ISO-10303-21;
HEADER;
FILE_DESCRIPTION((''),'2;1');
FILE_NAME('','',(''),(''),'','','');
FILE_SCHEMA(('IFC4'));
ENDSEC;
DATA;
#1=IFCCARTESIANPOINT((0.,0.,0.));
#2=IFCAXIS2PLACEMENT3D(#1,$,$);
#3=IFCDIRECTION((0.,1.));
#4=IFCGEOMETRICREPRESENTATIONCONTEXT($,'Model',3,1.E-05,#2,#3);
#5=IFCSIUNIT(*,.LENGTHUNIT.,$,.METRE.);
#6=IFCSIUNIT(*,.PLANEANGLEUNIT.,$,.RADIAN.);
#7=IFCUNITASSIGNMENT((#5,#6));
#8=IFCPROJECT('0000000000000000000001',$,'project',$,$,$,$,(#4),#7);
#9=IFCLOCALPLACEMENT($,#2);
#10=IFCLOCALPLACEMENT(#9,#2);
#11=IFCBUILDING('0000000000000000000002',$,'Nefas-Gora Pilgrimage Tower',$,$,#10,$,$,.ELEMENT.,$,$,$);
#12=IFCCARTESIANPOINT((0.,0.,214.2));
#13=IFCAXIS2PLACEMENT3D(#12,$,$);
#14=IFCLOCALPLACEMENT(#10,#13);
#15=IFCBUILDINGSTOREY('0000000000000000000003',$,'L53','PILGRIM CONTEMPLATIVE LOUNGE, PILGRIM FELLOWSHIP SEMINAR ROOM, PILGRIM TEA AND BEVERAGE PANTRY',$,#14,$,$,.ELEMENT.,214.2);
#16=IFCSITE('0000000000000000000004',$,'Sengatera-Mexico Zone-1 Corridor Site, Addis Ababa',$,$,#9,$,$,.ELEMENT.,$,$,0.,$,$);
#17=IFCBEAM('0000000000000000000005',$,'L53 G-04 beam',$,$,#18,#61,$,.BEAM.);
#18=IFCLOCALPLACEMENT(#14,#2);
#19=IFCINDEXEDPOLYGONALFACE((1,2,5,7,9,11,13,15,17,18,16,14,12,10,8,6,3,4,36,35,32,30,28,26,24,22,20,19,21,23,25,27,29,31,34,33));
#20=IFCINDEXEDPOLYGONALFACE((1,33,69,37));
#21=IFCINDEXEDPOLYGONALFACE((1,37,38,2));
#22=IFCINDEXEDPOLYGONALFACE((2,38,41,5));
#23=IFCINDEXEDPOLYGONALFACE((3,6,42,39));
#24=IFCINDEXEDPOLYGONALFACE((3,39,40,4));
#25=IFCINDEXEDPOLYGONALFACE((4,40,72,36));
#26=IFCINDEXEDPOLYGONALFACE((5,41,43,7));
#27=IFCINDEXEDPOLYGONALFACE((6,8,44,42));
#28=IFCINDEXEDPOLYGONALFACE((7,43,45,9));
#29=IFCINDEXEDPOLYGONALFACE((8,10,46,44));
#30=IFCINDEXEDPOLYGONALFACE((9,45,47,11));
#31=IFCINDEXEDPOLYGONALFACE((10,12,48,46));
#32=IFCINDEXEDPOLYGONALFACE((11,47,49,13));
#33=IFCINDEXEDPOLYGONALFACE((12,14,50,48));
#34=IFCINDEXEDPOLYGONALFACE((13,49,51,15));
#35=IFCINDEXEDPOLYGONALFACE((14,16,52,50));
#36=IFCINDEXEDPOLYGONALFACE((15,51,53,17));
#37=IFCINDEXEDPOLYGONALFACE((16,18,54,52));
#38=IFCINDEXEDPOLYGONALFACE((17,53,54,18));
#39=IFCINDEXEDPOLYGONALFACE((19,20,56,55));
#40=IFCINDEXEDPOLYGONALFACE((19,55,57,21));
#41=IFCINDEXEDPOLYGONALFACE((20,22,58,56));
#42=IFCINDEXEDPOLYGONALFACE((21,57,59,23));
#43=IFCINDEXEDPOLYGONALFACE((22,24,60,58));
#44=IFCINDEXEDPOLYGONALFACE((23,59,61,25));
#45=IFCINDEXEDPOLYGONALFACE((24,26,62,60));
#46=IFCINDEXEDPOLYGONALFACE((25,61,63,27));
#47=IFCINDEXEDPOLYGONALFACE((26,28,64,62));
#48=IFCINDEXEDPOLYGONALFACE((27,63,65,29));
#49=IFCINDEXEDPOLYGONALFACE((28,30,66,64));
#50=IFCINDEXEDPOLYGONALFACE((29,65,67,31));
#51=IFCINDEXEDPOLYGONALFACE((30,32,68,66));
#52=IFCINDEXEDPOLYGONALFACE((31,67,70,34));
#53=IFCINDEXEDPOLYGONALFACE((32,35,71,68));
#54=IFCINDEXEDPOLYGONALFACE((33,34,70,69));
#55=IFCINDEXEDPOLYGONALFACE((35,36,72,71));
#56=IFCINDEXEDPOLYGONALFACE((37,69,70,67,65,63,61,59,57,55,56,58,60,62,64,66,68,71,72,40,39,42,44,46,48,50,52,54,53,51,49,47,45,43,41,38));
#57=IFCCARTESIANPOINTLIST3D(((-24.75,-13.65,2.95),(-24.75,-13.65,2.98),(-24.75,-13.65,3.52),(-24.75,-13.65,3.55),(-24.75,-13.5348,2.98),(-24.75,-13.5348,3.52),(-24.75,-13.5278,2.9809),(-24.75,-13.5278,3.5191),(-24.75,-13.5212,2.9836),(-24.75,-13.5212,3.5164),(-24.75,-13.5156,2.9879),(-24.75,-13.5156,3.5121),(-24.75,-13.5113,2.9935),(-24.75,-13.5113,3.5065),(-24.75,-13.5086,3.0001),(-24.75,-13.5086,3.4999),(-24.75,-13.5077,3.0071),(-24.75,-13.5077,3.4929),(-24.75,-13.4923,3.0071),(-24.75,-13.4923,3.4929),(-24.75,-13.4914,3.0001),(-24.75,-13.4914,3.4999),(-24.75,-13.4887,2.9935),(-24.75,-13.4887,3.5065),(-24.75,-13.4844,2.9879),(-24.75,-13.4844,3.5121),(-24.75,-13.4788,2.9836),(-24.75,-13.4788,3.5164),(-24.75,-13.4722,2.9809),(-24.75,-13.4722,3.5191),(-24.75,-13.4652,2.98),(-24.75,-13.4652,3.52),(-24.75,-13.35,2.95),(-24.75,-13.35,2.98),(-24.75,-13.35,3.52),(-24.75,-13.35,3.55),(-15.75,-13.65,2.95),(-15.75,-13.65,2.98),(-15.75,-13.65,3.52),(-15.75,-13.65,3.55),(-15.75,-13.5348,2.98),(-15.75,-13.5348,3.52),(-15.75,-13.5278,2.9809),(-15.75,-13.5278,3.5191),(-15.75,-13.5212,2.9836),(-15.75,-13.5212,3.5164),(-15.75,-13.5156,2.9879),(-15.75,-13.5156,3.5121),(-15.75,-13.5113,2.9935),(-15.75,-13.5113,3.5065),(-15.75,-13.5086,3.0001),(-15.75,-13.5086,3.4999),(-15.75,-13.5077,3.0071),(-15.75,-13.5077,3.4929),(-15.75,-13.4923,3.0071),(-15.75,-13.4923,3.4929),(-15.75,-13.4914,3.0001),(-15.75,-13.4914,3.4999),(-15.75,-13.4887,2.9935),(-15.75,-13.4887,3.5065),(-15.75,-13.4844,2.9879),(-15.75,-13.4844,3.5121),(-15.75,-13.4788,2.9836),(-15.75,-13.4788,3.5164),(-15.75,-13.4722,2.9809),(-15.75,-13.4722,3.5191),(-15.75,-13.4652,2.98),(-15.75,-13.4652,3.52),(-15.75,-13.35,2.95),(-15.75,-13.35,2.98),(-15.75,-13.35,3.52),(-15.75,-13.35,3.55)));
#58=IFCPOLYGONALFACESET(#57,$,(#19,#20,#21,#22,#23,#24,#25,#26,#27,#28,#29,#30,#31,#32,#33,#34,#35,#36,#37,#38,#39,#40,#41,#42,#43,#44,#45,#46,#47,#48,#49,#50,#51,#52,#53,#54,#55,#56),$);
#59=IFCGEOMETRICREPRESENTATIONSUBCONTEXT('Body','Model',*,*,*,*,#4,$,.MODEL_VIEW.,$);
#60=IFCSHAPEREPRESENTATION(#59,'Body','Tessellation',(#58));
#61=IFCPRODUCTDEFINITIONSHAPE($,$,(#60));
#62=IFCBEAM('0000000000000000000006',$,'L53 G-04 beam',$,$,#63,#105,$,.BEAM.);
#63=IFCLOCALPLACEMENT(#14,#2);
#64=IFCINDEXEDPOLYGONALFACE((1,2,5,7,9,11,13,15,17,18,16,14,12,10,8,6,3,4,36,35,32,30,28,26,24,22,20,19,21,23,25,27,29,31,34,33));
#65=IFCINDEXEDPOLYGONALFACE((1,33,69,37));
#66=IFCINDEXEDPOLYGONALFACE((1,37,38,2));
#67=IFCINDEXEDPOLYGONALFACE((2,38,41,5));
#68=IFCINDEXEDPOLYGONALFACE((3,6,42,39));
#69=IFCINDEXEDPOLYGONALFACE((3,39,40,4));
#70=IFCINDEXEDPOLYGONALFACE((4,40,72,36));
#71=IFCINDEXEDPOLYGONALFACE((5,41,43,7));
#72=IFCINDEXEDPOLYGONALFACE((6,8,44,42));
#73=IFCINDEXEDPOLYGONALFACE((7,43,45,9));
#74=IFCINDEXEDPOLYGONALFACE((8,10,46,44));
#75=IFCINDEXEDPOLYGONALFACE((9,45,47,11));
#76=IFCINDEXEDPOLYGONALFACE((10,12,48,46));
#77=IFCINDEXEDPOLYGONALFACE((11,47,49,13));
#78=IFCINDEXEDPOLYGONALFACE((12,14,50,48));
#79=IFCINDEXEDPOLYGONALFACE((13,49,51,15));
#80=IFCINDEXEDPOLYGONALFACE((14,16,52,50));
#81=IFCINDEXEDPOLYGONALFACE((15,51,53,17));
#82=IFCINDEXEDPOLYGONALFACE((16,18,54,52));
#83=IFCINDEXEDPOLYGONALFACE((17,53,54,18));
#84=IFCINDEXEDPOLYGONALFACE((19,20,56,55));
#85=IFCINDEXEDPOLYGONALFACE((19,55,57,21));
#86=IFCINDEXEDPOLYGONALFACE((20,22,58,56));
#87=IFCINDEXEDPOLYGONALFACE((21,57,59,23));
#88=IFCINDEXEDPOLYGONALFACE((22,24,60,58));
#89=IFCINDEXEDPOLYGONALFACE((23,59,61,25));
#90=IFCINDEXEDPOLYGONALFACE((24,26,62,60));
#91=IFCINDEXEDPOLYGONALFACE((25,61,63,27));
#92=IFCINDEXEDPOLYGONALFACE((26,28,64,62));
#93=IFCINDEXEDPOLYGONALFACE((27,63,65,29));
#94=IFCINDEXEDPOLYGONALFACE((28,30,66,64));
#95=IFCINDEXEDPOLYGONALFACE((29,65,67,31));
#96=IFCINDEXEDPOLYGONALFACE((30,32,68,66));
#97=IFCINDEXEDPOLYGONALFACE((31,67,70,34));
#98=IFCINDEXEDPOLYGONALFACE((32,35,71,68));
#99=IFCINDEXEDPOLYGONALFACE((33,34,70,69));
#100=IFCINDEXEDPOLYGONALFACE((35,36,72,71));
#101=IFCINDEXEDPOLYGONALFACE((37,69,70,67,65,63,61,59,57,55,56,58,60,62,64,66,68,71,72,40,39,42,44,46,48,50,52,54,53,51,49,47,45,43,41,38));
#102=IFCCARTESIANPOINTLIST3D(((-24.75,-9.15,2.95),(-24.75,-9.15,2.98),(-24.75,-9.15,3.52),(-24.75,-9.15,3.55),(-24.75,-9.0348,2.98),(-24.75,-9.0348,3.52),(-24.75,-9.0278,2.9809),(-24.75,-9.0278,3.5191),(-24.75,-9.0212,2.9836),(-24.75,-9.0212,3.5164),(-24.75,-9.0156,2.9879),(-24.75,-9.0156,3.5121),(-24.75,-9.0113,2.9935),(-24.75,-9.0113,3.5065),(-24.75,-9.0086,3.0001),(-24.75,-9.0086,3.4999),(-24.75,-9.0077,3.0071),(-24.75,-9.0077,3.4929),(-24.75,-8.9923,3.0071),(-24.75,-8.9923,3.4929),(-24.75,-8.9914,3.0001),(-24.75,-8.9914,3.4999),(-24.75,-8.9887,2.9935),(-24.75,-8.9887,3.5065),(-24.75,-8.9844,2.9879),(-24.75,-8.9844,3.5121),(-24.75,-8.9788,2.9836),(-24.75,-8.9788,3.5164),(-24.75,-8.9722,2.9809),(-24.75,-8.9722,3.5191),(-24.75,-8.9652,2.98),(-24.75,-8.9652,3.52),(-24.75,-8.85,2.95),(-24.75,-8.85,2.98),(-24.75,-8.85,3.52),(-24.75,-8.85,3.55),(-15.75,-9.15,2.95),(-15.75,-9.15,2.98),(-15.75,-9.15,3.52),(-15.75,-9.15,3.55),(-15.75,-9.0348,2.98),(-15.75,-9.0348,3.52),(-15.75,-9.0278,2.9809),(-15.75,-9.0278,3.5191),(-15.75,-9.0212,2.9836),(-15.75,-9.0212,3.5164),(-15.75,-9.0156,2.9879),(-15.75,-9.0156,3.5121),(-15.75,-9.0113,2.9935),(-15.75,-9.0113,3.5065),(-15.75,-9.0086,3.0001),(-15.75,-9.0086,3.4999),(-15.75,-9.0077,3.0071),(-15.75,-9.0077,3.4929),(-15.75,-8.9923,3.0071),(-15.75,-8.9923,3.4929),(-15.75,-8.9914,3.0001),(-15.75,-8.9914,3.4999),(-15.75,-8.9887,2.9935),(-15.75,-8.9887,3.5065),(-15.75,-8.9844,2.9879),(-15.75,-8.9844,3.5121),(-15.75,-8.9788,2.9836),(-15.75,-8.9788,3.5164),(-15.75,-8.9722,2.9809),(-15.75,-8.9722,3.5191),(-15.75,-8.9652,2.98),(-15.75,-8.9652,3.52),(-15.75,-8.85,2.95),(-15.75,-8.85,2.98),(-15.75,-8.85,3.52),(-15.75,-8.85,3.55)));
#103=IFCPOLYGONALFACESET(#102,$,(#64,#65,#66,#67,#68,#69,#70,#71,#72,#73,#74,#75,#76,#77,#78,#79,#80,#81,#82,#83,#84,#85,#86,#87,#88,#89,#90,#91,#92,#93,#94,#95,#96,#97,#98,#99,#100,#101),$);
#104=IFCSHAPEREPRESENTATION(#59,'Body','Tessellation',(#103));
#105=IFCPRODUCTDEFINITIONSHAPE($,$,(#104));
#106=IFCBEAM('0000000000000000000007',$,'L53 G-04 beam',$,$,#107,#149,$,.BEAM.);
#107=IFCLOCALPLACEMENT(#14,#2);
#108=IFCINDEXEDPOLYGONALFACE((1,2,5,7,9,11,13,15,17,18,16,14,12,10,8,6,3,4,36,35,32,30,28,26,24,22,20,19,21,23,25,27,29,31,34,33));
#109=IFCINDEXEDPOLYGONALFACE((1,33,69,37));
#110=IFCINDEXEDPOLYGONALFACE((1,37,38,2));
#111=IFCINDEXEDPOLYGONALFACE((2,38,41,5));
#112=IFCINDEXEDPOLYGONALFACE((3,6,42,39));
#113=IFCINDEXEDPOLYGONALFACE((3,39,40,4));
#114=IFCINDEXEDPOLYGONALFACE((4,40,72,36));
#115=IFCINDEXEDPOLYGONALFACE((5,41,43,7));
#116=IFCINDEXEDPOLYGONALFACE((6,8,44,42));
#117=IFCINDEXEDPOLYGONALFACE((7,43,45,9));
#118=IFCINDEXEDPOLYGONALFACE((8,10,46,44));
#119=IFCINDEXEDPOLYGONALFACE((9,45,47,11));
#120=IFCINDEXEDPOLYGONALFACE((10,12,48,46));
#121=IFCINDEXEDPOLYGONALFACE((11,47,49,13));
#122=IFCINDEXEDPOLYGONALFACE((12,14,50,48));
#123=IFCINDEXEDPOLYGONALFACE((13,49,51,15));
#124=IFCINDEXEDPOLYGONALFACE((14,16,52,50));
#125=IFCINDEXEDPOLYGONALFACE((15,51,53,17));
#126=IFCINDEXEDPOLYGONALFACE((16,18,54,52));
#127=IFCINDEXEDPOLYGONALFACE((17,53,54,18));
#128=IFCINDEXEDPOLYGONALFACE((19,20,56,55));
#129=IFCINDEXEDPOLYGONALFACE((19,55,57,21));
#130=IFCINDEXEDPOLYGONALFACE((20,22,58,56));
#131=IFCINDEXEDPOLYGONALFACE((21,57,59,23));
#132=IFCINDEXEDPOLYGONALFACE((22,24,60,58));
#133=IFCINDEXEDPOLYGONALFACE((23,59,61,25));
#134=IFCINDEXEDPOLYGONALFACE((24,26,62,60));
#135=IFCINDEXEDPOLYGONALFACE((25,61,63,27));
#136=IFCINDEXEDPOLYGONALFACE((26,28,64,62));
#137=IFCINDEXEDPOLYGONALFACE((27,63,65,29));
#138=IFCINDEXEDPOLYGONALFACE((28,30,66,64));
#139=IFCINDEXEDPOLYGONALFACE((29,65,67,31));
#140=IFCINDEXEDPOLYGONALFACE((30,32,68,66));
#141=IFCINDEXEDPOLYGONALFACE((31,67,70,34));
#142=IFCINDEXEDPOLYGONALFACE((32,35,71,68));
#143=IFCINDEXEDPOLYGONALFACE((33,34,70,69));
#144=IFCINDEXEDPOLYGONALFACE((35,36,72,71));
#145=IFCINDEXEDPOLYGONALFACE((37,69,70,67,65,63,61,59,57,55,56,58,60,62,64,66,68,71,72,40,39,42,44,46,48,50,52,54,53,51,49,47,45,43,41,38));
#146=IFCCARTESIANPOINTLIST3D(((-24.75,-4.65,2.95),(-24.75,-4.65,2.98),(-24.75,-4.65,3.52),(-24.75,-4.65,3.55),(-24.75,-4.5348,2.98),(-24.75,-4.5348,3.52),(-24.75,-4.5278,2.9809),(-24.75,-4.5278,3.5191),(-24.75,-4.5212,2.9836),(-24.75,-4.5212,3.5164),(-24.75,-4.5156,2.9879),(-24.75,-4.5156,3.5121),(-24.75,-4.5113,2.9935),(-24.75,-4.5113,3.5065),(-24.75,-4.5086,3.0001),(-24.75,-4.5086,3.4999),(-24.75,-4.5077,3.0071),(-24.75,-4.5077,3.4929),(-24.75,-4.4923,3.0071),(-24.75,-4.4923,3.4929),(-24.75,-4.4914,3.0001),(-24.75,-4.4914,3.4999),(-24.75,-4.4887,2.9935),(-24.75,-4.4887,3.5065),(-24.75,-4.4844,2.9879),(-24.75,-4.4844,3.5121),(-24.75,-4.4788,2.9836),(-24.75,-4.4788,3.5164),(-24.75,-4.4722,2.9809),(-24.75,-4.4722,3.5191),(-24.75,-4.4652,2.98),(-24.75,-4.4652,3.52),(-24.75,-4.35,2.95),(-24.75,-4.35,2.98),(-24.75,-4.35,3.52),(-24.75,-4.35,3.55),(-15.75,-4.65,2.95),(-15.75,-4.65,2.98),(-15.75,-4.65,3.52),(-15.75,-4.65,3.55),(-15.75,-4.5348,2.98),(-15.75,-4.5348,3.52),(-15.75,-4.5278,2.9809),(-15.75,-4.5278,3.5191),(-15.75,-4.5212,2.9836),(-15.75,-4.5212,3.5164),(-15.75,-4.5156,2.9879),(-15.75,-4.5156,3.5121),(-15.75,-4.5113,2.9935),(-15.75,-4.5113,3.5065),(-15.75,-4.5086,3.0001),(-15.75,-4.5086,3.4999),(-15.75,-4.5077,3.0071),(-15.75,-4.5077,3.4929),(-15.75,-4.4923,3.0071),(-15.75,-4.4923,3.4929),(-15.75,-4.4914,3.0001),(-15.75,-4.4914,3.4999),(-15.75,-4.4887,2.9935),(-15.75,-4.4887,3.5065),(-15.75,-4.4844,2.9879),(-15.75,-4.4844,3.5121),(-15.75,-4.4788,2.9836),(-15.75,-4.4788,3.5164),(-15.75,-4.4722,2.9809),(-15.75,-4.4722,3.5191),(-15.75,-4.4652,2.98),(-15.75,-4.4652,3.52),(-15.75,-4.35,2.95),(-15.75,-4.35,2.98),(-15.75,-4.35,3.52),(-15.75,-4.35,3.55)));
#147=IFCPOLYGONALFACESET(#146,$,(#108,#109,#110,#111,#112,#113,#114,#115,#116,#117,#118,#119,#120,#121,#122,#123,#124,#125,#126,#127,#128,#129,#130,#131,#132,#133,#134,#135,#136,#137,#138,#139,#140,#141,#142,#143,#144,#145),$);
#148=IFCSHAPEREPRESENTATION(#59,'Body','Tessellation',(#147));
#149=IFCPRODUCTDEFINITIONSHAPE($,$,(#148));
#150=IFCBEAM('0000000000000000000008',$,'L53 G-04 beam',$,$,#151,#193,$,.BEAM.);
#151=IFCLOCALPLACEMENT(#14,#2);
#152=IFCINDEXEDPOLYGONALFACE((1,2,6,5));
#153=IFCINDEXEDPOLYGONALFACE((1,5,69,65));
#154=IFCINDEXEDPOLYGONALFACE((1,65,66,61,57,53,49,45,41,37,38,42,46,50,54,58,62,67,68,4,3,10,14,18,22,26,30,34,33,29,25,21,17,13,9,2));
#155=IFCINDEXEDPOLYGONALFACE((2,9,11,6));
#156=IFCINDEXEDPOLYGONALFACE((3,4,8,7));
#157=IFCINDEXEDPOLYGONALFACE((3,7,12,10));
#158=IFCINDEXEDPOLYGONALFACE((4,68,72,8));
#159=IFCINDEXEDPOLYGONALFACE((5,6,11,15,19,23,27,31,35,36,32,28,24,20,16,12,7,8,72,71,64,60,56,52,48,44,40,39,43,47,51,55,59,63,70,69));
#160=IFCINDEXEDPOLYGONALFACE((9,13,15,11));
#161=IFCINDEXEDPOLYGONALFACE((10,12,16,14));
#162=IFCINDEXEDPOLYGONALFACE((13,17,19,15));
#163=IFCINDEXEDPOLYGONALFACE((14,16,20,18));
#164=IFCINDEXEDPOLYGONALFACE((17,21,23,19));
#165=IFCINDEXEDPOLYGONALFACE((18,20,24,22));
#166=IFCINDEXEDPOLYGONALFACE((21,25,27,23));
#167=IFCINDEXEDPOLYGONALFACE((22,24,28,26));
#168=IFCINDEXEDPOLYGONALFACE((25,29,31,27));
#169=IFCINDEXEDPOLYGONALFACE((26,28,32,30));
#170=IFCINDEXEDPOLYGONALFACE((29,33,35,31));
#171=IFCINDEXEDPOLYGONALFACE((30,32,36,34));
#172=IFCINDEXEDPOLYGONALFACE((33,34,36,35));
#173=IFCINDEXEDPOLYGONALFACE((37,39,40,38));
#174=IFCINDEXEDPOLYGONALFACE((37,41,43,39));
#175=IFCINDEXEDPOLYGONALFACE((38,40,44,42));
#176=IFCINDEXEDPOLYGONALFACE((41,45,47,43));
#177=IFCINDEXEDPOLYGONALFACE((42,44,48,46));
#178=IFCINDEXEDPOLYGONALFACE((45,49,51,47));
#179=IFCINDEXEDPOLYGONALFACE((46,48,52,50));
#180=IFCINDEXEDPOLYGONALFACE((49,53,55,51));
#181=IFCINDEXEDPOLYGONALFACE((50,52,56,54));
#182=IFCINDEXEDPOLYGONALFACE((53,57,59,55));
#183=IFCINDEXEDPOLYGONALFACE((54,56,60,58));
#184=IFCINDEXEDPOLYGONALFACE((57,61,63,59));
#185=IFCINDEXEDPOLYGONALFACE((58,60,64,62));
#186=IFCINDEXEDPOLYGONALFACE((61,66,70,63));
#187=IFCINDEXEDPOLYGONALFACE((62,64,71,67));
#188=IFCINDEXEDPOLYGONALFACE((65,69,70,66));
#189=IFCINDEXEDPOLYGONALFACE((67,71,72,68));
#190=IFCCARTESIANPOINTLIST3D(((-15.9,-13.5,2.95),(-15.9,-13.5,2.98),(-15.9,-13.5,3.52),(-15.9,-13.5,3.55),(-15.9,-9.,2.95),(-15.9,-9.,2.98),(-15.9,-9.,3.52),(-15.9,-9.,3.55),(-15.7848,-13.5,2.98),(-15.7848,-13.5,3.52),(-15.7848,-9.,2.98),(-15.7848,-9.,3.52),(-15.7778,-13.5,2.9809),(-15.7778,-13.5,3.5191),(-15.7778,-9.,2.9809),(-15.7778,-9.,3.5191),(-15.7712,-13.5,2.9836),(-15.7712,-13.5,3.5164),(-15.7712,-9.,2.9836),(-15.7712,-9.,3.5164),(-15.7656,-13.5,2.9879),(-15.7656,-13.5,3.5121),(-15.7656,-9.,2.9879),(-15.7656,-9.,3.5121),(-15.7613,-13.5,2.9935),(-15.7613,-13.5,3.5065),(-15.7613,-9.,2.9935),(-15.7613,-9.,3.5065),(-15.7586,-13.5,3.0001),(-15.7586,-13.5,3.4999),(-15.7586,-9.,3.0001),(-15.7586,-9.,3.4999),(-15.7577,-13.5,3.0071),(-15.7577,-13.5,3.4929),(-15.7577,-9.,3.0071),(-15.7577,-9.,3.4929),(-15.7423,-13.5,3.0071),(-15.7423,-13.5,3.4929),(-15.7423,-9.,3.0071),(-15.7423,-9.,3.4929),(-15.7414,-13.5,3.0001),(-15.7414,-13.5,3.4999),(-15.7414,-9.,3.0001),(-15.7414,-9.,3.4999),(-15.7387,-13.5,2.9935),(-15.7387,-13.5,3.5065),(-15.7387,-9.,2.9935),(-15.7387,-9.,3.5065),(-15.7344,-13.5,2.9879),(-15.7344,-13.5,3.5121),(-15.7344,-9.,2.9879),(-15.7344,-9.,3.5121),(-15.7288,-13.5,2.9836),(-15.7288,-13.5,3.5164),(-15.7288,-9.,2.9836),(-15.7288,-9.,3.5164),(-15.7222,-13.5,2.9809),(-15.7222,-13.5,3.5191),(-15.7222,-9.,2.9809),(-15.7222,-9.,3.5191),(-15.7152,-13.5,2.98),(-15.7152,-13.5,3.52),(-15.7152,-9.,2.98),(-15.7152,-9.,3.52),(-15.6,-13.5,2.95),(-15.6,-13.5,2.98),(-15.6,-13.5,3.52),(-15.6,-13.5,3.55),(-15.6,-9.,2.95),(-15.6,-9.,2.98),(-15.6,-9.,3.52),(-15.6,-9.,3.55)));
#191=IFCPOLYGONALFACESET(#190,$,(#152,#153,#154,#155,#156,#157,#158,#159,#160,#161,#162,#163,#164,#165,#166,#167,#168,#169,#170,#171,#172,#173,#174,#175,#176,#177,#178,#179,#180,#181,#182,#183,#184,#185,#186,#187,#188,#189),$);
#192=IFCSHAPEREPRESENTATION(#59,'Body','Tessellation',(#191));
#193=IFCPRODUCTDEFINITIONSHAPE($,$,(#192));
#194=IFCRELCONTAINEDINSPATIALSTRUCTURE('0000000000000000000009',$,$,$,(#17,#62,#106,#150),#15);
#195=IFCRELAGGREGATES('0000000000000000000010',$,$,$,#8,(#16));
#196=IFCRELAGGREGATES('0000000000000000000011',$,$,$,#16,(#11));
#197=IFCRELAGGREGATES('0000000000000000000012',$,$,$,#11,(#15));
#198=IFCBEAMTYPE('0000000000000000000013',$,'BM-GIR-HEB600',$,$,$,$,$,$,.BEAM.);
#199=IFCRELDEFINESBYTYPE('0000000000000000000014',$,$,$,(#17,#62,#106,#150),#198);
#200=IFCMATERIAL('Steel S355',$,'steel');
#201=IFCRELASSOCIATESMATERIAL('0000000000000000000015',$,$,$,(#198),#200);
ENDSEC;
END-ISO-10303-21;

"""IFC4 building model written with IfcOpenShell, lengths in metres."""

from ifc_helpers import new_model, si_unit, direction, frame, origin, origin_2d, place, context, subcontext, project, spatial, i_section, extrude, source, transform, mapped, material, material_profile, profile_set, type_object, element, save


model = new_model("IFC4")

# Units and contexts
model_context = context("Model", 3, precision=1e-05, world=origin(), true_north=direction((0.0, 1.0)))
body_context = subcontext(model_context, "Body", "Model", "MODEL_VIEW")
ifc_project = project(units=[si_unit("LENGTHUNIT", "METRE"), si_unit("PLANEANGLEUNIT", "RADIAN")], contexts=[model_context])

# Site, building, storey
site_placement = place(None, origin())
site = spatial("IfcSite", under=ifc_project, at=site_placement, Name="Sengatera-Mexico Zone-1 Corridor Site, Addis Ababa", CompositionType="ELEMENT", RefElevation=0.0)
building_placement = place(site_placement, origin())
building = spatial("IfcBuilding", under=site, at=building_placement, Name="Nefas-Gora Pilgrimage Tower", CompositionType="ELEMENT")
storey_placement = place(building_placement, frame((0.0, 0.0, 214.2)))
storey = spatial("IfcBuildingStorey", under=building, at=storey_placement, Name="L53", Description="PILGRIM CONTEMPLATIVE LOUNGE, PILGRIM FELLOWSHIP SEMINAR ROOM, PILGRIM TEA AND BEVERAGE PANTRY", CompositionType="ELEMENT", Elevation=214.2)

# Beams
ifc_material_1 = material(Name="Steel S355", Category="steel")
ifc_material_profile_1 = material_profile(ifc_material_1, i_section(OverallWidth=0.3, OverallDepth=0.6001, WebThickness=0.0154, FlangeThickness=0.03, FilletRadius=0.0271, at=origin_2d()), Name="HEB 600")
ifc_profile_set_1 = profile_set([ifc_material_profile_1], Name="Steel S355")
beam_type_1 = type_object("IfcBeamType", Name="BM-GIR-HEB600", PredefinedType="BEAM", material=ifc_profile_set_1)
shared_shape_1 = source(origin(), body_context, "Body", "SweptSolid", [
    extrude(i_section(OverallWidth=0.3, OverallDepth=0.6001, WebThickness=0.0154, FlangeThickness=0.03, FilletRadius=0.0271, at=origin_2d()), origin(), (0.0, 0.0, 1.0), 9.0),
])
for number, where, z_axis, x_axis, name in (
    (1, (-24.75, -13.5, 3.25), (1.0, 0.0, 0.0), (0.0, 1.0, 0.0), "L53 G-04 beam"),
    (2, (-24.75, -9.0, 3.25), (1.0, 0.0, 0.0), (0.0, 1.0, 0.0), "L53 G-04 beam"),
    (3, (-24.75, -4.5, 3.25), (1.0, 0.0, 0.0), (0.0, 1.0, 0.0), "L53 G-04 beam"),
):
    element("IfcBeam", number, at=place(storey_placement, frame(where, z_axis=z_axis, x_axis=x_axis)), inside=storey, type_object=beam_type_1, Name=name, PredefinedType="BEAM", context=body_context, shape_type="MappedRepresentation", body=[
        mapped(shared_shape_1, transform((0.0, 0.0, 0.0), x_axis=(1.0, 0.0, 0.0), y_axis=(0.0, 1.0, 0.0), z_axis=(0.0, 0.0, 1.0), scale=1.0)),
    ])
shared_shape_2 = source(origin(), body_context, "Body", "SweptSolid", [
    extrude(i_section(OverallWidth=0.3, OverallDepth=0.6001, WebThickness=0.0154, FlangeThickness=0.03, FilletRadius=0.0271, at=origin_2d()), origin(), (0.0, 0.0, 1.0), 4.5),
])
for number, where, z_axis, x_axis, name in (
    (4, (-15.75, -13.5, 3.25), (0.0, 1.0, 0.0), (-1.0, 0.0, 0.0), "L53 G-04 beam"),
):
    element("IfcBeam", number, at=place(storey_placement, frame(where, z_axis=z_axis, x_axis=x_axis)), inside=storey, type_object=beam_type_1, Name=name, PredefinedType="BEAM", context=body_context, shape_type="MappedRepresentation", body=[
        mapped(shared_shape_2, transform((0.0, 0.0, 0.0), x_axis=(1.0, 0.0, 0.0), y_axis=(0.0, 1.0, 0.0), z_axis=(0.0, 0.0, 1.0), scale=1.0)),
    ])

save(model, "model.ifc")
